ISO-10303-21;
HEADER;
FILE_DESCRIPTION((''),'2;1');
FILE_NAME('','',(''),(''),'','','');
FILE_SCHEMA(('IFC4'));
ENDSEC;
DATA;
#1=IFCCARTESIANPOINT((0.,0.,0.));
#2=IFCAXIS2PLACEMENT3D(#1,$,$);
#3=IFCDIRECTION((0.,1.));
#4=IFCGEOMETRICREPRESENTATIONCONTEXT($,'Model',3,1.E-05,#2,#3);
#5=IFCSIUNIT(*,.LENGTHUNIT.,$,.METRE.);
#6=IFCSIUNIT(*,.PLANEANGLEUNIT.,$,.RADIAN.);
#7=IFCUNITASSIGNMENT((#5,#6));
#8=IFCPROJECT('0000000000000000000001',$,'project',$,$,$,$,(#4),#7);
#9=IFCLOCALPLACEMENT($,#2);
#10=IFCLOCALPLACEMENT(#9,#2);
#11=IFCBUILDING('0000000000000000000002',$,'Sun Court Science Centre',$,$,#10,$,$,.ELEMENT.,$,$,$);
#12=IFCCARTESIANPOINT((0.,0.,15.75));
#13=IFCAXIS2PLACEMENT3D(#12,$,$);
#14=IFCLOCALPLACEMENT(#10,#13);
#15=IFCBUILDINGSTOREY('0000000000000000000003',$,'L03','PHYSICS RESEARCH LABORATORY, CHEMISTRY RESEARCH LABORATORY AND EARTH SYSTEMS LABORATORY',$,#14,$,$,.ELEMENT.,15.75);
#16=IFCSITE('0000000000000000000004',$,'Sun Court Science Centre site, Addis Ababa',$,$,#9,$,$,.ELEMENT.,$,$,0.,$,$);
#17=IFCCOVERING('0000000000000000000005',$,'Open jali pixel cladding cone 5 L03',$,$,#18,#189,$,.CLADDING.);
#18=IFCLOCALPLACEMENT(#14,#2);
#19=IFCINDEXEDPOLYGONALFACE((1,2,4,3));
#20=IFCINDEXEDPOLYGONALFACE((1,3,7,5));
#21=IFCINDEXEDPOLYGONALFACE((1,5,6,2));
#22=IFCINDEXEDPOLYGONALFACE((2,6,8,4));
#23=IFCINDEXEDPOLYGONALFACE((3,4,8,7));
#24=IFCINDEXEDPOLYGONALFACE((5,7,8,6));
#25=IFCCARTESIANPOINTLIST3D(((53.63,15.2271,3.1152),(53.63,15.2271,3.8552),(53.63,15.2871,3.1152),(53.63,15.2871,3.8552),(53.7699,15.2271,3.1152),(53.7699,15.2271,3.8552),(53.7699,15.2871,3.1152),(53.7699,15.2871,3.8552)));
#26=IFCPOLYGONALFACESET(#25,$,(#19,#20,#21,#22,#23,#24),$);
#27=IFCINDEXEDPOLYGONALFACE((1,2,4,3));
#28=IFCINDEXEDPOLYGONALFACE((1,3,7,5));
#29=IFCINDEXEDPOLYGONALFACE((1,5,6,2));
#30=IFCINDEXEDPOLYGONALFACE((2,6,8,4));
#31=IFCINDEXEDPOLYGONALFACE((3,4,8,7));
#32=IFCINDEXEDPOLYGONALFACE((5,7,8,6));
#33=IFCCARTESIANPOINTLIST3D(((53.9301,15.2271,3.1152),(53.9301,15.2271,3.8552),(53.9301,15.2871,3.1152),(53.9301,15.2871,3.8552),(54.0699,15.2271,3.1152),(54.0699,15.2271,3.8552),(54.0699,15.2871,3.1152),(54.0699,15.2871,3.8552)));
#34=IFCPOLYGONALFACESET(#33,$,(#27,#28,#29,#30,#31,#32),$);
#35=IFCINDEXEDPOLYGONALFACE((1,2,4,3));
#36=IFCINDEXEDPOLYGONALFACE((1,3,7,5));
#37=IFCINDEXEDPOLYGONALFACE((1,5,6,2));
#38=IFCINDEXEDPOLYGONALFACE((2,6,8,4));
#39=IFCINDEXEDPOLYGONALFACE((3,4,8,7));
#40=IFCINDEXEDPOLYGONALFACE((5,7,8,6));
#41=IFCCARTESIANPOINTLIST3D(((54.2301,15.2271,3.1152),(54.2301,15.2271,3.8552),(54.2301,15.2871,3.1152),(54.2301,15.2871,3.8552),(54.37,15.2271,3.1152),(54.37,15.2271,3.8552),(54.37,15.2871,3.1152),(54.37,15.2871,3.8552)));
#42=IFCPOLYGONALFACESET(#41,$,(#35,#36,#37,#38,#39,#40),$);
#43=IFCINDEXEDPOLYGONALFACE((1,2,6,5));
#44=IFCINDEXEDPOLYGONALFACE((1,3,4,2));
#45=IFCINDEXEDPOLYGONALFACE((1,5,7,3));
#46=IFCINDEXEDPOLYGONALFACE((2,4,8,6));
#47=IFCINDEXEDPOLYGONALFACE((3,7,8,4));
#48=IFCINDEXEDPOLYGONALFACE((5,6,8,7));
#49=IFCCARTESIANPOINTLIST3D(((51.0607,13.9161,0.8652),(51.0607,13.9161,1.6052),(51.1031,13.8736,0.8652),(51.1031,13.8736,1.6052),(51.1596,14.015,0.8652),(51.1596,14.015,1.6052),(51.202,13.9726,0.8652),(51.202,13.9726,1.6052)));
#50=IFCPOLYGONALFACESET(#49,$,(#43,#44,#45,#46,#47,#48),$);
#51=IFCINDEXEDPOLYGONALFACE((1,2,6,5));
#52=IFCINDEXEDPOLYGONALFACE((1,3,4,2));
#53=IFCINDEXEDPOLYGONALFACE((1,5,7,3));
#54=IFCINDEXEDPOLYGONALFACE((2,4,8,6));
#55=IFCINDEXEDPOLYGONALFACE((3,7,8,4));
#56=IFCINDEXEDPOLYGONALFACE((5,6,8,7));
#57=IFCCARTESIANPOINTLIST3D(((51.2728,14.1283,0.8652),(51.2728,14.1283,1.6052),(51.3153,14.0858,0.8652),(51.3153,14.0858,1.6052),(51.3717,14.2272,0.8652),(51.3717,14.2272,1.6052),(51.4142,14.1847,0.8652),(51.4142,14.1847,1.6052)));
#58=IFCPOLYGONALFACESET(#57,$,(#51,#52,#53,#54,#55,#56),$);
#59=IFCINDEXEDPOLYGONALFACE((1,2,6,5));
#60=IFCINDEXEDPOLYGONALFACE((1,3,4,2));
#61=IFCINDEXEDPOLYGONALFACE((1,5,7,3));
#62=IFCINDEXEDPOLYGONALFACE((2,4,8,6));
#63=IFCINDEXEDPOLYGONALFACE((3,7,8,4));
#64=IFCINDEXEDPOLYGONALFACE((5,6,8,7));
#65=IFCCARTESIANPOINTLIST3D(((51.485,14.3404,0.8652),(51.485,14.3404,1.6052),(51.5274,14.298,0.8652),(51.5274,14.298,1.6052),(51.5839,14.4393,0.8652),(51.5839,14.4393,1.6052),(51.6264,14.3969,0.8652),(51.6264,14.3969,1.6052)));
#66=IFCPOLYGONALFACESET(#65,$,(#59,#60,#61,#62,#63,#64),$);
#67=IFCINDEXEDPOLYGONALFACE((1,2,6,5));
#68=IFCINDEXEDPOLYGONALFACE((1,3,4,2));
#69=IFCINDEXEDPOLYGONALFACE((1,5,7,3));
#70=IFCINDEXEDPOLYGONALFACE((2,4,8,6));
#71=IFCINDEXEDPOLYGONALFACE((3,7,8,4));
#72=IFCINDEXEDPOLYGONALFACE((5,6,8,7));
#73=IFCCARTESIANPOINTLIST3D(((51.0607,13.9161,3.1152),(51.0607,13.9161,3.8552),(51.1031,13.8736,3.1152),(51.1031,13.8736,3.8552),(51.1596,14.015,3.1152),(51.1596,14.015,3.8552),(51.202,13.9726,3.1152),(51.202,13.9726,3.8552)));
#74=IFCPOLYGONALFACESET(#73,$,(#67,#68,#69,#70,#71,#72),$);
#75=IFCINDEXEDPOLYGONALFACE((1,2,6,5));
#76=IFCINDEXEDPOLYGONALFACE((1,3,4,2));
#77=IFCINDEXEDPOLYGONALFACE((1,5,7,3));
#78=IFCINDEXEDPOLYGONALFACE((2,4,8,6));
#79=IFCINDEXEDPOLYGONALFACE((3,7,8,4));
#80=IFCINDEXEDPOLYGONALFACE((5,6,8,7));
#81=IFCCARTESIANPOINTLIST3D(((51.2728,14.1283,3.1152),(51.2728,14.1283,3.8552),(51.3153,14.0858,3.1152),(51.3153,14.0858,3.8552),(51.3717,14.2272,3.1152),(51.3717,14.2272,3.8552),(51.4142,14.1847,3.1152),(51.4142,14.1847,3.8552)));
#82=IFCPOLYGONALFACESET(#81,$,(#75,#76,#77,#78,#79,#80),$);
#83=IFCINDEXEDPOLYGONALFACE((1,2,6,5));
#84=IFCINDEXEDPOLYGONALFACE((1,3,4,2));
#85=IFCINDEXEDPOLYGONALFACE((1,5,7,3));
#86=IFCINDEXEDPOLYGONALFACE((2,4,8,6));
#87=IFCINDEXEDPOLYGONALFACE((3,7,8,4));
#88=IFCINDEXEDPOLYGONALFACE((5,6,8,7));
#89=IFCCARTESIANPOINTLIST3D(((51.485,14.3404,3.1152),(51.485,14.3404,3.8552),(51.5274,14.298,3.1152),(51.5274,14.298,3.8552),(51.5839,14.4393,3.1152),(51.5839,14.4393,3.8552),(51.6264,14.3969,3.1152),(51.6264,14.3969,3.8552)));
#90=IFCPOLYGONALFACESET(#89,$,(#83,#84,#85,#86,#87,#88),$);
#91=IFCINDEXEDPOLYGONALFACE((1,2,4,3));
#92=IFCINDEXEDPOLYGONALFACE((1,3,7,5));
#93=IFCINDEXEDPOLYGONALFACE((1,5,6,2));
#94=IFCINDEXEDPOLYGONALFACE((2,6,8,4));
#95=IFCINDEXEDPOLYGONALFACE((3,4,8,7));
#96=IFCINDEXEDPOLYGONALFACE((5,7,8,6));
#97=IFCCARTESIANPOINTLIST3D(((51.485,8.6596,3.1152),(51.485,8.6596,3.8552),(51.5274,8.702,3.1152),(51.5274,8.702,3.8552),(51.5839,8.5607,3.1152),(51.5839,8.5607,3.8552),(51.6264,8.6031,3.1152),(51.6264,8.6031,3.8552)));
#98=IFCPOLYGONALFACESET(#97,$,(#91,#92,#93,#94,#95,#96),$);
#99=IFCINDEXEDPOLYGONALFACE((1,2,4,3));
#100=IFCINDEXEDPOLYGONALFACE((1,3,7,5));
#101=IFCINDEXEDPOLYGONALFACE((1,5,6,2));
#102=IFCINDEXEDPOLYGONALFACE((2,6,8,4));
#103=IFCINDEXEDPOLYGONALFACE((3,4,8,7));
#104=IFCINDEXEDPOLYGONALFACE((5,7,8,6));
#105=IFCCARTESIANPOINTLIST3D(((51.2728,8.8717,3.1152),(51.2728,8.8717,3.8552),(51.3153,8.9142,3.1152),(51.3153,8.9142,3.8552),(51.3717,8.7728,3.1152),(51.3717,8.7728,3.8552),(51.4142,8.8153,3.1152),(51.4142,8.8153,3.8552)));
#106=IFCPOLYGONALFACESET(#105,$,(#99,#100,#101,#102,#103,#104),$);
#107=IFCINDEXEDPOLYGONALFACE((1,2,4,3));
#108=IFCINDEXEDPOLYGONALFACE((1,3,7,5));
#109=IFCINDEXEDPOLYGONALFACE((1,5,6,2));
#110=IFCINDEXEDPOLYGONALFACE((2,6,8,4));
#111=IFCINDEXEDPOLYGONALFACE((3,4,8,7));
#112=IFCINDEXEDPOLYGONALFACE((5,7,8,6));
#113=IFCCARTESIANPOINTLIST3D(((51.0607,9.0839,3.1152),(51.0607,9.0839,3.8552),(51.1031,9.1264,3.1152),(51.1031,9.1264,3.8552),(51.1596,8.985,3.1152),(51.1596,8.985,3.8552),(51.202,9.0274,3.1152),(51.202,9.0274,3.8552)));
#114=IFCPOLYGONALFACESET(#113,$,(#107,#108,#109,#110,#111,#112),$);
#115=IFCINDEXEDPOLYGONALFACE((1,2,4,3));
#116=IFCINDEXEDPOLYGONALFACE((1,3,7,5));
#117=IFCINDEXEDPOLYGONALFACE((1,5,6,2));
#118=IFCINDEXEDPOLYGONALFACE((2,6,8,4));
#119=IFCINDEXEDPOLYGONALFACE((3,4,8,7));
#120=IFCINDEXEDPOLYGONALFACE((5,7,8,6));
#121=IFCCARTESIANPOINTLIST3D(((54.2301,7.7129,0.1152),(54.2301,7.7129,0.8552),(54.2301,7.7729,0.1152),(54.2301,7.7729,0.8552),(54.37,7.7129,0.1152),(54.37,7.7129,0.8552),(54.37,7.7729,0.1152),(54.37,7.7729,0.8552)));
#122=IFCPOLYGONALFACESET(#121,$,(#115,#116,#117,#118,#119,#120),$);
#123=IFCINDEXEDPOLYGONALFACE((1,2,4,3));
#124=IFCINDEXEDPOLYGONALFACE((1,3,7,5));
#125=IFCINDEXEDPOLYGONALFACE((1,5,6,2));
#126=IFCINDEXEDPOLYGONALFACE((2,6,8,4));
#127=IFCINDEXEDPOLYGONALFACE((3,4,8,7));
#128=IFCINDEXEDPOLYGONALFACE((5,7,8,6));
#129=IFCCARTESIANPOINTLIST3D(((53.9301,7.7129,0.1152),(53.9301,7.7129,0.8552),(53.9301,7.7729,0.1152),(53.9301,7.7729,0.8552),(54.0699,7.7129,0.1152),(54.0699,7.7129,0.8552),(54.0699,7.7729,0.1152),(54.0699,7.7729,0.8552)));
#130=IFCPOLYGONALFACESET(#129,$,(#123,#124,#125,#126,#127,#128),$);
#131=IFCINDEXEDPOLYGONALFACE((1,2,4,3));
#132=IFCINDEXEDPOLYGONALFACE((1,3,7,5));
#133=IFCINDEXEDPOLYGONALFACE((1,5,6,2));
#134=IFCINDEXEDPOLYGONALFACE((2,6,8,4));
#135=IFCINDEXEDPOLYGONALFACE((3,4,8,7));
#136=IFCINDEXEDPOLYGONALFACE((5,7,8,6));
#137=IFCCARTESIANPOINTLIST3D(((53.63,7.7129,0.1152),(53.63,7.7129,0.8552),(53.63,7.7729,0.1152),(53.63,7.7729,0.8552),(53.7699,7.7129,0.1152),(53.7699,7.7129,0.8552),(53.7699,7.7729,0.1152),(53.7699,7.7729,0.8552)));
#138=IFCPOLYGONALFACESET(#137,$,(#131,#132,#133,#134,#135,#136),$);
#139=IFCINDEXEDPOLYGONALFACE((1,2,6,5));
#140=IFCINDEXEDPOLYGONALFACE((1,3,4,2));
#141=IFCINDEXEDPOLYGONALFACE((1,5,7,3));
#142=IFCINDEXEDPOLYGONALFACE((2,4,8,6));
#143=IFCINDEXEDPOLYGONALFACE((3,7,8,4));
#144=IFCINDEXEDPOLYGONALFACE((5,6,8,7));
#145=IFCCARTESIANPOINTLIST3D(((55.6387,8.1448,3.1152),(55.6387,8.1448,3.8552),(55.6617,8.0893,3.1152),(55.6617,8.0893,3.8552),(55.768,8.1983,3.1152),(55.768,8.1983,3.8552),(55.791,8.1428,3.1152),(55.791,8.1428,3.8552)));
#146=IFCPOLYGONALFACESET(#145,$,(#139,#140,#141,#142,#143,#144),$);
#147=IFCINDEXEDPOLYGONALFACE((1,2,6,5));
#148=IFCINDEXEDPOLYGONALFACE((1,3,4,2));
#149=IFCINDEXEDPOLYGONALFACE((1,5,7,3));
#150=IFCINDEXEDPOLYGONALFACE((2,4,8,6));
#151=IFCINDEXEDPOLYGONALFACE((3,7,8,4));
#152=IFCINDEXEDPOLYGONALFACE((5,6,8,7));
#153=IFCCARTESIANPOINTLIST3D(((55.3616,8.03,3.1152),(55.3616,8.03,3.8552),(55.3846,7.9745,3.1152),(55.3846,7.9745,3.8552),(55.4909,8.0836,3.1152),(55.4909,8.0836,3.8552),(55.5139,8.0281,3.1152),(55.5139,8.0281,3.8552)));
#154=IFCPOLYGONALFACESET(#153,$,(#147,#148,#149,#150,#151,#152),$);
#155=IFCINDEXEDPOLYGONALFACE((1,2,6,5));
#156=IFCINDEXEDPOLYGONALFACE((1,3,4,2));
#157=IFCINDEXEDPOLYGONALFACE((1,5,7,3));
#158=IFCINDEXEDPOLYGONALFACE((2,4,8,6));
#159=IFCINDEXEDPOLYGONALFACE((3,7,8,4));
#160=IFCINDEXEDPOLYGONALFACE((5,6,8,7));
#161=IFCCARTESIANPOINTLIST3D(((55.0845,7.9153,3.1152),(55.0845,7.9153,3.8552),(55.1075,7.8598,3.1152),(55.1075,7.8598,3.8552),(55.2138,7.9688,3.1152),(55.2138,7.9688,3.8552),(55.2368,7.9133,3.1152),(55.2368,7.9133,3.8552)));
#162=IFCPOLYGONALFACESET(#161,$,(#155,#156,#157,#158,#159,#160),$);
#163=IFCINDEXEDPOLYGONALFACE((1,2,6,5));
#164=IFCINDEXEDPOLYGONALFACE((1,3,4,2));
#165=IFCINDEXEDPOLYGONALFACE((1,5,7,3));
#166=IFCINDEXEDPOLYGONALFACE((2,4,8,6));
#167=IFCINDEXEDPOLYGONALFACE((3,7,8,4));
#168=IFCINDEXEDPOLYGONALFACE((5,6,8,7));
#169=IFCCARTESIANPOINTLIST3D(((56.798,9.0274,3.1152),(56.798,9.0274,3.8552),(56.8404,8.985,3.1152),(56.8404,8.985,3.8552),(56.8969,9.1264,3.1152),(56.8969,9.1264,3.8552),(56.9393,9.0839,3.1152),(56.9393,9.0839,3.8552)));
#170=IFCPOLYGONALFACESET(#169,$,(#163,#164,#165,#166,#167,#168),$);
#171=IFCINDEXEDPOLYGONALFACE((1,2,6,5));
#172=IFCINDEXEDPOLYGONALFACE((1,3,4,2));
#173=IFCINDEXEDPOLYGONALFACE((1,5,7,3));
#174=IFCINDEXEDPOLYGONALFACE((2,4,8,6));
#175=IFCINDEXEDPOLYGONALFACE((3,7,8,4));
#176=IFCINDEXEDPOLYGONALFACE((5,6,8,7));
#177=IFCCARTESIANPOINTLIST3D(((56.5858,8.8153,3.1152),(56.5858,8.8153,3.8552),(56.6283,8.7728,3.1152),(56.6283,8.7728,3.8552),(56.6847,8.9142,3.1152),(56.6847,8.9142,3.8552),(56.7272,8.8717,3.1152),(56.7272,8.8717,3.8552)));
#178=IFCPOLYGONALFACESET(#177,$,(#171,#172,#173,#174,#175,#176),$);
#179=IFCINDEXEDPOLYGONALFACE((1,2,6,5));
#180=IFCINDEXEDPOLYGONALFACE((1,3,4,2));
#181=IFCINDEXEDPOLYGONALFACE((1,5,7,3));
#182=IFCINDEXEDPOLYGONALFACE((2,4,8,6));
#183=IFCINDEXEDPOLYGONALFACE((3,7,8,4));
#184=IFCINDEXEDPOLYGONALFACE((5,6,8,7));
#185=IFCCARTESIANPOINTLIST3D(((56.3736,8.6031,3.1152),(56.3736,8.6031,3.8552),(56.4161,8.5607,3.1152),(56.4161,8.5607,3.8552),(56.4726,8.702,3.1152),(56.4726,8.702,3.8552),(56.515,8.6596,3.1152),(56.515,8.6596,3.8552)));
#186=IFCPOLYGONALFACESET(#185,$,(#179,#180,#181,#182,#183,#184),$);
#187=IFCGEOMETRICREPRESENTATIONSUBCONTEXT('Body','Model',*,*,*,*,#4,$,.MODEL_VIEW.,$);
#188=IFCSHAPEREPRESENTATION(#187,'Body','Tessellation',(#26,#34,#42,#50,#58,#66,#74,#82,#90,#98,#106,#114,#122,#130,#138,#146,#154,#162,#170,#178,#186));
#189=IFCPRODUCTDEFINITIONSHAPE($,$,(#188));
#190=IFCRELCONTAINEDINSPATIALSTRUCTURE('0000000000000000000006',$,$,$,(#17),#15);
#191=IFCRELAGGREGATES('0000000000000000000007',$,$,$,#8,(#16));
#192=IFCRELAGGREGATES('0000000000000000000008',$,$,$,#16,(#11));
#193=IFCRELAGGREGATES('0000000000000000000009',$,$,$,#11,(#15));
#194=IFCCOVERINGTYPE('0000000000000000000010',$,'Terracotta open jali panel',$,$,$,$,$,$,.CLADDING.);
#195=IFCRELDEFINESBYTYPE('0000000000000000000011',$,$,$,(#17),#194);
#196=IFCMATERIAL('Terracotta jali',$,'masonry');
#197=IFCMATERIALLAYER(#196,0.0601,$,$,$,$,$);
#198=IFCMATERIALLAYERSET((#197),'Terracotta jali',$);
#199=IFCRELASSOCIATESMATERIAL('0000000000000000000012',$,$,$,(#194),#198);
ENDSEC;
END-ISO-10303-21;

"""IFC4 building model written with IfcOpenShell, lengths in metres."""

from ifc_helpers import new_model, si_unit, direction, frame, origin, origin_2d, place, context, subcontext, project, spatial, rectangle, extrude, material, layer, layer_set, type_object, element, save


model = new_model("IFC4")

# Units and contexts
model_context = context("Model", 3, precision=1e-05, world=origin(), true_north=direction((0.0, 1.0)))
body_context = subcontext(model_context, "Body", "Model", "MODEL_VIEW")
ifc_project = project(units=[si_unit("LENGTHUNIT", "METRE"), si_unit("PLANEANGLEUNIT", "RADIAN")], contexts=[model_context])

# Site, building, storey
site_placement = place(None, origin())
site = spatial("IfcSite", under=ifc_project, at=site_placement, Name="Sun Court Science Centre site, Addis Ababa", CompositionType="ELEMENT", RefElevation=0.0)
building_placement = place(site_placement, origin())
building = spatial("IfcBuilding", under=site, at=building_placement, Name="Sun Court Science Centre", CompositionType="ELEMENT")
storey_placement = place(building_placement, frame((0.0, 0.0, 15.75)))
storey = spatial("IfcBuildingStorey", under=building, at=storey_placement, Name="L03", Description="PHYSICS RESEARCH LABORATORY, CHEMISTRY RESEARCH LABORATORY AND EARTH SYSTEMS LABORATORY", CompositionType="ELEMENT", Elevation=15.75)

# Covering
ifc_material_1 = material(Name="Terracotta jali", Category="masonry")
ifc_layer_1 = layer(ifc_material_1, 0.0601)
ifc_layer_set_1 = layer_set([ifc_layer_1], Name="Terracotta jali")
covering_type_1 = type_object("IfcCoveringType", Name="Terracotta open jali panel", PredefinedType="CLADDING", material=ifc_layer_set_1)
covering_1_placement = place(storey_placement, frame((0.0, 0.0, -15.75)))
element("IfcCovering", 1, at=covering_1_placement, inside=storey, type_object=covering_type_1, Name="Open jali pixel cladding cone 5 L03", PredefinedType="CLADDING", context=body_context, shape_type="SweptSolid", body=[
    extrude(rectangle(XDim=0.1399, YDim=0.0601, at=origin_2d()), frame((53.7, 15.2571, 18.8652), z_axis=(0.0, 0.0, 1.0), x_axis=(1.0, 0.0, 0.0)), (0.0, 0.0, 1.0), 0.74),
    extrude(rectangle(XDim=0.1399, YDim=0.0601, at=origin_2d()), frame((54.0, 15.2571, 18.8652), z_axis=(0.0, 0.0, 1.0), x_axis=(1.0, 0.0, 0.0)), (0.0, 0.0, 1.0), 0.74),
    extrude(rectangle(XDim=0.1399, YDim=0.0601, at=origin_2d()), frame((54.3, 15.2571, 18.8652), z_axis=(0.0, 0.0, 1.0), x_axis=(1.0, 0.0, 0.0)), (0.0, 0.0, 1.0), 0.74),
    extrude(rectangle(XDim=0.1399, YDim=0.0601, at=origin_2d()), frame((51.1313, 13.9443, 16.6152), z_axis=(0.0, 0.0, 1.0), x_axis=(0.707107, 0.707107, 0.0)), (0.0, 0.0, 1.0), 0.74),
    extrude(rectangle(XDim=0.1399, YDim=0.0601, at=origin_2d()), frame((51.3435, 14.1565, 16.6152), z_axis=(0.0, 0.0, 1.0), x_axis=(0.707107, 0.707107, 0.0)), (0.0, 0.0, 1.0), 0.74),
    extrude(rectangle(XDim=0.1399, YDim=0.0601, at=origin_2d()), frame((51.5557, 14.3687, 16.6152), z_axis=(0.0, 0.0, 1.0), x_axis=(0.707107, 0.707107, 0.0)), (0.0, 0.0, 1.0), 0.74),
    extrude(rectangle(XDim=0.1399, YDim=0.0601, at=origin_2d()), frame((51.1313, 13.9443, 18.8652), z_axis=(0.0, 0.0, 1.0), x_axis=(0.707107, 0.707107, 0.0)), (0.0, 0.0, 1.0), 0.74),
    extrude(rectangle(XDim=0.1399, YDim=0.0601, at=origin_2d()), frame((51.3435, 14.1565, 18.8652), z_axis=(0.0, 0.0, 1.0), x_axis=(0.707107, 0.707107, 0.0)), (0.0, 0.0, 1.0), 0.74),
    extrude(rectangle(XDim=0.1399, YDim=0.0601, at=origin_2d()), frame((51.5557, 14.3687, 18.8652), z_axis=(0.0, 0.0, 1.0), x_axis=(0.707107, 0.707107, 0.0)), (0.0, 0.0, 1.0), 0.74),
    extrude(rectangle(XDim=0.1399, YDim=0.0601, at=origin_2d()), frame((51.5557, 8.6313, 18.8652), z_axis=(0.0, 0.0, 1.0), x_axis=(-0.707107, 0.707107, 0.0)), (0.0, 0.0, 1.0), 0.74),
    extrude(rectangle(XDim=0.1399, YDim=0.0601, at=origin_2d()), frame((51.3435, 8.8435, 18.8652), z_axis=(0.0, 0.0, 1.0), x_axis=(-0.707107, 0.707107, 0.0)), (0.0, 0.0, 1.0), 0.74),
    extrude(rectangle(XDim=0.1399, YDim=0.0601, at=origin_2d()), frame((51.1313, 9.0557, 18.8652), z_axis=(0.0, 0.0, 1.0), x_axis=(-0.707107, 0.707107, 0.0)), (0.0, 0.0, 1.0), 0.74),
    extrude(rectangle(XDim=0.1399, YDim=0.0601, at=origin_2d()), frame((54.3, 7.7429, 15.8652), z_axis=(0.0, 0.0, 1.0), x_axis=(-1.0, 0.0, 0.0)), (0.0, 0.0, 1.0), 0.74),
    extrude(rectangle(XDim=0.1399, YDim=0.0601, at=origin_2d()), frame((54.0, 7.7429, 15.8652), z_axis=(0.0, 0.0, 1.0), x_axis=(-1.0, 0.0, 0.0)), (0.0, 0.0, 1.0), 0.74),
    extrude(rectangle(XDim=0.1399, YDim=0.0601, at=origin_2d()), frame((53.7, 7.7429, 15.8652), z_axis=(0.0, 0.0, 1.0), x_axis=(-1.0, 0.0, 0.0)), (0.0, 0.0, 1.0), 0.74),
    extrude(rectangle(XDim=0.1399, YDim=0.0601, at=origin_2d()), frame((55.7148, 8.1438, 18.8652), z_axis=(0.0, 0.0, 1.0), x_axis=(-0.92388, -0.382683, 0.0)), (0.0, 0.0, 1.0), 0.74),
    extrude(rectangle(XDim=0.1399, YDim=0.0601, at=origin_2d()), frame((55.4377, 8.0291, 18.8652), z_axis=(0.0, 0.0, 1.0), x_axis=(-0.92388, -0.382683, 0.0)), (0.0, 0.0, 1.0), 0.74),
    extrude(rectangle(XDim=0.1399, YDim=0.0601, at=origin_2d()), frame((55.1606, 7.9143, 18.8652), z_axis=(0.0, 0.0, 1.0), x_axis=(-0.92388, -0.382683, 0.0)), (0.0, 0.0, 1.0), 0.74),
    extrude(rectangle(XDim=0.1399, YDim=0.0601, at=origin_2d()), frame((56.8687, 9.0557, 18.8652), z_axis=(0.0, 0.0, 1.0), x_axis=(-0.707107, -0.707107, 0.0)), (0.0, 0.0, 1.0), 0.74),
    extrude(rectangle(XDim=0.1399, YDim=0.0601, at=origin_2d()), frame((56.6565, 8.8435, 18.8652), z_axis=(0.0, 0.0, 1.0), x_axis=(-0.707107, -0.707107, 0.0)), (0.0, 0.0, 1.0), 0.74),
    extrude(rectangle(XDim=0.1399, YDim=0.0601, at=origin_2d()), frame((56.4443, 8.6313, 18.8652), z_axis=(0.0, 0.0, 1.0), x_axis=(-0.707107, -0.707107, 0.0)), (0.0, 0.0, 1.0), 0.74),
])

save(model, "model.ifc")
